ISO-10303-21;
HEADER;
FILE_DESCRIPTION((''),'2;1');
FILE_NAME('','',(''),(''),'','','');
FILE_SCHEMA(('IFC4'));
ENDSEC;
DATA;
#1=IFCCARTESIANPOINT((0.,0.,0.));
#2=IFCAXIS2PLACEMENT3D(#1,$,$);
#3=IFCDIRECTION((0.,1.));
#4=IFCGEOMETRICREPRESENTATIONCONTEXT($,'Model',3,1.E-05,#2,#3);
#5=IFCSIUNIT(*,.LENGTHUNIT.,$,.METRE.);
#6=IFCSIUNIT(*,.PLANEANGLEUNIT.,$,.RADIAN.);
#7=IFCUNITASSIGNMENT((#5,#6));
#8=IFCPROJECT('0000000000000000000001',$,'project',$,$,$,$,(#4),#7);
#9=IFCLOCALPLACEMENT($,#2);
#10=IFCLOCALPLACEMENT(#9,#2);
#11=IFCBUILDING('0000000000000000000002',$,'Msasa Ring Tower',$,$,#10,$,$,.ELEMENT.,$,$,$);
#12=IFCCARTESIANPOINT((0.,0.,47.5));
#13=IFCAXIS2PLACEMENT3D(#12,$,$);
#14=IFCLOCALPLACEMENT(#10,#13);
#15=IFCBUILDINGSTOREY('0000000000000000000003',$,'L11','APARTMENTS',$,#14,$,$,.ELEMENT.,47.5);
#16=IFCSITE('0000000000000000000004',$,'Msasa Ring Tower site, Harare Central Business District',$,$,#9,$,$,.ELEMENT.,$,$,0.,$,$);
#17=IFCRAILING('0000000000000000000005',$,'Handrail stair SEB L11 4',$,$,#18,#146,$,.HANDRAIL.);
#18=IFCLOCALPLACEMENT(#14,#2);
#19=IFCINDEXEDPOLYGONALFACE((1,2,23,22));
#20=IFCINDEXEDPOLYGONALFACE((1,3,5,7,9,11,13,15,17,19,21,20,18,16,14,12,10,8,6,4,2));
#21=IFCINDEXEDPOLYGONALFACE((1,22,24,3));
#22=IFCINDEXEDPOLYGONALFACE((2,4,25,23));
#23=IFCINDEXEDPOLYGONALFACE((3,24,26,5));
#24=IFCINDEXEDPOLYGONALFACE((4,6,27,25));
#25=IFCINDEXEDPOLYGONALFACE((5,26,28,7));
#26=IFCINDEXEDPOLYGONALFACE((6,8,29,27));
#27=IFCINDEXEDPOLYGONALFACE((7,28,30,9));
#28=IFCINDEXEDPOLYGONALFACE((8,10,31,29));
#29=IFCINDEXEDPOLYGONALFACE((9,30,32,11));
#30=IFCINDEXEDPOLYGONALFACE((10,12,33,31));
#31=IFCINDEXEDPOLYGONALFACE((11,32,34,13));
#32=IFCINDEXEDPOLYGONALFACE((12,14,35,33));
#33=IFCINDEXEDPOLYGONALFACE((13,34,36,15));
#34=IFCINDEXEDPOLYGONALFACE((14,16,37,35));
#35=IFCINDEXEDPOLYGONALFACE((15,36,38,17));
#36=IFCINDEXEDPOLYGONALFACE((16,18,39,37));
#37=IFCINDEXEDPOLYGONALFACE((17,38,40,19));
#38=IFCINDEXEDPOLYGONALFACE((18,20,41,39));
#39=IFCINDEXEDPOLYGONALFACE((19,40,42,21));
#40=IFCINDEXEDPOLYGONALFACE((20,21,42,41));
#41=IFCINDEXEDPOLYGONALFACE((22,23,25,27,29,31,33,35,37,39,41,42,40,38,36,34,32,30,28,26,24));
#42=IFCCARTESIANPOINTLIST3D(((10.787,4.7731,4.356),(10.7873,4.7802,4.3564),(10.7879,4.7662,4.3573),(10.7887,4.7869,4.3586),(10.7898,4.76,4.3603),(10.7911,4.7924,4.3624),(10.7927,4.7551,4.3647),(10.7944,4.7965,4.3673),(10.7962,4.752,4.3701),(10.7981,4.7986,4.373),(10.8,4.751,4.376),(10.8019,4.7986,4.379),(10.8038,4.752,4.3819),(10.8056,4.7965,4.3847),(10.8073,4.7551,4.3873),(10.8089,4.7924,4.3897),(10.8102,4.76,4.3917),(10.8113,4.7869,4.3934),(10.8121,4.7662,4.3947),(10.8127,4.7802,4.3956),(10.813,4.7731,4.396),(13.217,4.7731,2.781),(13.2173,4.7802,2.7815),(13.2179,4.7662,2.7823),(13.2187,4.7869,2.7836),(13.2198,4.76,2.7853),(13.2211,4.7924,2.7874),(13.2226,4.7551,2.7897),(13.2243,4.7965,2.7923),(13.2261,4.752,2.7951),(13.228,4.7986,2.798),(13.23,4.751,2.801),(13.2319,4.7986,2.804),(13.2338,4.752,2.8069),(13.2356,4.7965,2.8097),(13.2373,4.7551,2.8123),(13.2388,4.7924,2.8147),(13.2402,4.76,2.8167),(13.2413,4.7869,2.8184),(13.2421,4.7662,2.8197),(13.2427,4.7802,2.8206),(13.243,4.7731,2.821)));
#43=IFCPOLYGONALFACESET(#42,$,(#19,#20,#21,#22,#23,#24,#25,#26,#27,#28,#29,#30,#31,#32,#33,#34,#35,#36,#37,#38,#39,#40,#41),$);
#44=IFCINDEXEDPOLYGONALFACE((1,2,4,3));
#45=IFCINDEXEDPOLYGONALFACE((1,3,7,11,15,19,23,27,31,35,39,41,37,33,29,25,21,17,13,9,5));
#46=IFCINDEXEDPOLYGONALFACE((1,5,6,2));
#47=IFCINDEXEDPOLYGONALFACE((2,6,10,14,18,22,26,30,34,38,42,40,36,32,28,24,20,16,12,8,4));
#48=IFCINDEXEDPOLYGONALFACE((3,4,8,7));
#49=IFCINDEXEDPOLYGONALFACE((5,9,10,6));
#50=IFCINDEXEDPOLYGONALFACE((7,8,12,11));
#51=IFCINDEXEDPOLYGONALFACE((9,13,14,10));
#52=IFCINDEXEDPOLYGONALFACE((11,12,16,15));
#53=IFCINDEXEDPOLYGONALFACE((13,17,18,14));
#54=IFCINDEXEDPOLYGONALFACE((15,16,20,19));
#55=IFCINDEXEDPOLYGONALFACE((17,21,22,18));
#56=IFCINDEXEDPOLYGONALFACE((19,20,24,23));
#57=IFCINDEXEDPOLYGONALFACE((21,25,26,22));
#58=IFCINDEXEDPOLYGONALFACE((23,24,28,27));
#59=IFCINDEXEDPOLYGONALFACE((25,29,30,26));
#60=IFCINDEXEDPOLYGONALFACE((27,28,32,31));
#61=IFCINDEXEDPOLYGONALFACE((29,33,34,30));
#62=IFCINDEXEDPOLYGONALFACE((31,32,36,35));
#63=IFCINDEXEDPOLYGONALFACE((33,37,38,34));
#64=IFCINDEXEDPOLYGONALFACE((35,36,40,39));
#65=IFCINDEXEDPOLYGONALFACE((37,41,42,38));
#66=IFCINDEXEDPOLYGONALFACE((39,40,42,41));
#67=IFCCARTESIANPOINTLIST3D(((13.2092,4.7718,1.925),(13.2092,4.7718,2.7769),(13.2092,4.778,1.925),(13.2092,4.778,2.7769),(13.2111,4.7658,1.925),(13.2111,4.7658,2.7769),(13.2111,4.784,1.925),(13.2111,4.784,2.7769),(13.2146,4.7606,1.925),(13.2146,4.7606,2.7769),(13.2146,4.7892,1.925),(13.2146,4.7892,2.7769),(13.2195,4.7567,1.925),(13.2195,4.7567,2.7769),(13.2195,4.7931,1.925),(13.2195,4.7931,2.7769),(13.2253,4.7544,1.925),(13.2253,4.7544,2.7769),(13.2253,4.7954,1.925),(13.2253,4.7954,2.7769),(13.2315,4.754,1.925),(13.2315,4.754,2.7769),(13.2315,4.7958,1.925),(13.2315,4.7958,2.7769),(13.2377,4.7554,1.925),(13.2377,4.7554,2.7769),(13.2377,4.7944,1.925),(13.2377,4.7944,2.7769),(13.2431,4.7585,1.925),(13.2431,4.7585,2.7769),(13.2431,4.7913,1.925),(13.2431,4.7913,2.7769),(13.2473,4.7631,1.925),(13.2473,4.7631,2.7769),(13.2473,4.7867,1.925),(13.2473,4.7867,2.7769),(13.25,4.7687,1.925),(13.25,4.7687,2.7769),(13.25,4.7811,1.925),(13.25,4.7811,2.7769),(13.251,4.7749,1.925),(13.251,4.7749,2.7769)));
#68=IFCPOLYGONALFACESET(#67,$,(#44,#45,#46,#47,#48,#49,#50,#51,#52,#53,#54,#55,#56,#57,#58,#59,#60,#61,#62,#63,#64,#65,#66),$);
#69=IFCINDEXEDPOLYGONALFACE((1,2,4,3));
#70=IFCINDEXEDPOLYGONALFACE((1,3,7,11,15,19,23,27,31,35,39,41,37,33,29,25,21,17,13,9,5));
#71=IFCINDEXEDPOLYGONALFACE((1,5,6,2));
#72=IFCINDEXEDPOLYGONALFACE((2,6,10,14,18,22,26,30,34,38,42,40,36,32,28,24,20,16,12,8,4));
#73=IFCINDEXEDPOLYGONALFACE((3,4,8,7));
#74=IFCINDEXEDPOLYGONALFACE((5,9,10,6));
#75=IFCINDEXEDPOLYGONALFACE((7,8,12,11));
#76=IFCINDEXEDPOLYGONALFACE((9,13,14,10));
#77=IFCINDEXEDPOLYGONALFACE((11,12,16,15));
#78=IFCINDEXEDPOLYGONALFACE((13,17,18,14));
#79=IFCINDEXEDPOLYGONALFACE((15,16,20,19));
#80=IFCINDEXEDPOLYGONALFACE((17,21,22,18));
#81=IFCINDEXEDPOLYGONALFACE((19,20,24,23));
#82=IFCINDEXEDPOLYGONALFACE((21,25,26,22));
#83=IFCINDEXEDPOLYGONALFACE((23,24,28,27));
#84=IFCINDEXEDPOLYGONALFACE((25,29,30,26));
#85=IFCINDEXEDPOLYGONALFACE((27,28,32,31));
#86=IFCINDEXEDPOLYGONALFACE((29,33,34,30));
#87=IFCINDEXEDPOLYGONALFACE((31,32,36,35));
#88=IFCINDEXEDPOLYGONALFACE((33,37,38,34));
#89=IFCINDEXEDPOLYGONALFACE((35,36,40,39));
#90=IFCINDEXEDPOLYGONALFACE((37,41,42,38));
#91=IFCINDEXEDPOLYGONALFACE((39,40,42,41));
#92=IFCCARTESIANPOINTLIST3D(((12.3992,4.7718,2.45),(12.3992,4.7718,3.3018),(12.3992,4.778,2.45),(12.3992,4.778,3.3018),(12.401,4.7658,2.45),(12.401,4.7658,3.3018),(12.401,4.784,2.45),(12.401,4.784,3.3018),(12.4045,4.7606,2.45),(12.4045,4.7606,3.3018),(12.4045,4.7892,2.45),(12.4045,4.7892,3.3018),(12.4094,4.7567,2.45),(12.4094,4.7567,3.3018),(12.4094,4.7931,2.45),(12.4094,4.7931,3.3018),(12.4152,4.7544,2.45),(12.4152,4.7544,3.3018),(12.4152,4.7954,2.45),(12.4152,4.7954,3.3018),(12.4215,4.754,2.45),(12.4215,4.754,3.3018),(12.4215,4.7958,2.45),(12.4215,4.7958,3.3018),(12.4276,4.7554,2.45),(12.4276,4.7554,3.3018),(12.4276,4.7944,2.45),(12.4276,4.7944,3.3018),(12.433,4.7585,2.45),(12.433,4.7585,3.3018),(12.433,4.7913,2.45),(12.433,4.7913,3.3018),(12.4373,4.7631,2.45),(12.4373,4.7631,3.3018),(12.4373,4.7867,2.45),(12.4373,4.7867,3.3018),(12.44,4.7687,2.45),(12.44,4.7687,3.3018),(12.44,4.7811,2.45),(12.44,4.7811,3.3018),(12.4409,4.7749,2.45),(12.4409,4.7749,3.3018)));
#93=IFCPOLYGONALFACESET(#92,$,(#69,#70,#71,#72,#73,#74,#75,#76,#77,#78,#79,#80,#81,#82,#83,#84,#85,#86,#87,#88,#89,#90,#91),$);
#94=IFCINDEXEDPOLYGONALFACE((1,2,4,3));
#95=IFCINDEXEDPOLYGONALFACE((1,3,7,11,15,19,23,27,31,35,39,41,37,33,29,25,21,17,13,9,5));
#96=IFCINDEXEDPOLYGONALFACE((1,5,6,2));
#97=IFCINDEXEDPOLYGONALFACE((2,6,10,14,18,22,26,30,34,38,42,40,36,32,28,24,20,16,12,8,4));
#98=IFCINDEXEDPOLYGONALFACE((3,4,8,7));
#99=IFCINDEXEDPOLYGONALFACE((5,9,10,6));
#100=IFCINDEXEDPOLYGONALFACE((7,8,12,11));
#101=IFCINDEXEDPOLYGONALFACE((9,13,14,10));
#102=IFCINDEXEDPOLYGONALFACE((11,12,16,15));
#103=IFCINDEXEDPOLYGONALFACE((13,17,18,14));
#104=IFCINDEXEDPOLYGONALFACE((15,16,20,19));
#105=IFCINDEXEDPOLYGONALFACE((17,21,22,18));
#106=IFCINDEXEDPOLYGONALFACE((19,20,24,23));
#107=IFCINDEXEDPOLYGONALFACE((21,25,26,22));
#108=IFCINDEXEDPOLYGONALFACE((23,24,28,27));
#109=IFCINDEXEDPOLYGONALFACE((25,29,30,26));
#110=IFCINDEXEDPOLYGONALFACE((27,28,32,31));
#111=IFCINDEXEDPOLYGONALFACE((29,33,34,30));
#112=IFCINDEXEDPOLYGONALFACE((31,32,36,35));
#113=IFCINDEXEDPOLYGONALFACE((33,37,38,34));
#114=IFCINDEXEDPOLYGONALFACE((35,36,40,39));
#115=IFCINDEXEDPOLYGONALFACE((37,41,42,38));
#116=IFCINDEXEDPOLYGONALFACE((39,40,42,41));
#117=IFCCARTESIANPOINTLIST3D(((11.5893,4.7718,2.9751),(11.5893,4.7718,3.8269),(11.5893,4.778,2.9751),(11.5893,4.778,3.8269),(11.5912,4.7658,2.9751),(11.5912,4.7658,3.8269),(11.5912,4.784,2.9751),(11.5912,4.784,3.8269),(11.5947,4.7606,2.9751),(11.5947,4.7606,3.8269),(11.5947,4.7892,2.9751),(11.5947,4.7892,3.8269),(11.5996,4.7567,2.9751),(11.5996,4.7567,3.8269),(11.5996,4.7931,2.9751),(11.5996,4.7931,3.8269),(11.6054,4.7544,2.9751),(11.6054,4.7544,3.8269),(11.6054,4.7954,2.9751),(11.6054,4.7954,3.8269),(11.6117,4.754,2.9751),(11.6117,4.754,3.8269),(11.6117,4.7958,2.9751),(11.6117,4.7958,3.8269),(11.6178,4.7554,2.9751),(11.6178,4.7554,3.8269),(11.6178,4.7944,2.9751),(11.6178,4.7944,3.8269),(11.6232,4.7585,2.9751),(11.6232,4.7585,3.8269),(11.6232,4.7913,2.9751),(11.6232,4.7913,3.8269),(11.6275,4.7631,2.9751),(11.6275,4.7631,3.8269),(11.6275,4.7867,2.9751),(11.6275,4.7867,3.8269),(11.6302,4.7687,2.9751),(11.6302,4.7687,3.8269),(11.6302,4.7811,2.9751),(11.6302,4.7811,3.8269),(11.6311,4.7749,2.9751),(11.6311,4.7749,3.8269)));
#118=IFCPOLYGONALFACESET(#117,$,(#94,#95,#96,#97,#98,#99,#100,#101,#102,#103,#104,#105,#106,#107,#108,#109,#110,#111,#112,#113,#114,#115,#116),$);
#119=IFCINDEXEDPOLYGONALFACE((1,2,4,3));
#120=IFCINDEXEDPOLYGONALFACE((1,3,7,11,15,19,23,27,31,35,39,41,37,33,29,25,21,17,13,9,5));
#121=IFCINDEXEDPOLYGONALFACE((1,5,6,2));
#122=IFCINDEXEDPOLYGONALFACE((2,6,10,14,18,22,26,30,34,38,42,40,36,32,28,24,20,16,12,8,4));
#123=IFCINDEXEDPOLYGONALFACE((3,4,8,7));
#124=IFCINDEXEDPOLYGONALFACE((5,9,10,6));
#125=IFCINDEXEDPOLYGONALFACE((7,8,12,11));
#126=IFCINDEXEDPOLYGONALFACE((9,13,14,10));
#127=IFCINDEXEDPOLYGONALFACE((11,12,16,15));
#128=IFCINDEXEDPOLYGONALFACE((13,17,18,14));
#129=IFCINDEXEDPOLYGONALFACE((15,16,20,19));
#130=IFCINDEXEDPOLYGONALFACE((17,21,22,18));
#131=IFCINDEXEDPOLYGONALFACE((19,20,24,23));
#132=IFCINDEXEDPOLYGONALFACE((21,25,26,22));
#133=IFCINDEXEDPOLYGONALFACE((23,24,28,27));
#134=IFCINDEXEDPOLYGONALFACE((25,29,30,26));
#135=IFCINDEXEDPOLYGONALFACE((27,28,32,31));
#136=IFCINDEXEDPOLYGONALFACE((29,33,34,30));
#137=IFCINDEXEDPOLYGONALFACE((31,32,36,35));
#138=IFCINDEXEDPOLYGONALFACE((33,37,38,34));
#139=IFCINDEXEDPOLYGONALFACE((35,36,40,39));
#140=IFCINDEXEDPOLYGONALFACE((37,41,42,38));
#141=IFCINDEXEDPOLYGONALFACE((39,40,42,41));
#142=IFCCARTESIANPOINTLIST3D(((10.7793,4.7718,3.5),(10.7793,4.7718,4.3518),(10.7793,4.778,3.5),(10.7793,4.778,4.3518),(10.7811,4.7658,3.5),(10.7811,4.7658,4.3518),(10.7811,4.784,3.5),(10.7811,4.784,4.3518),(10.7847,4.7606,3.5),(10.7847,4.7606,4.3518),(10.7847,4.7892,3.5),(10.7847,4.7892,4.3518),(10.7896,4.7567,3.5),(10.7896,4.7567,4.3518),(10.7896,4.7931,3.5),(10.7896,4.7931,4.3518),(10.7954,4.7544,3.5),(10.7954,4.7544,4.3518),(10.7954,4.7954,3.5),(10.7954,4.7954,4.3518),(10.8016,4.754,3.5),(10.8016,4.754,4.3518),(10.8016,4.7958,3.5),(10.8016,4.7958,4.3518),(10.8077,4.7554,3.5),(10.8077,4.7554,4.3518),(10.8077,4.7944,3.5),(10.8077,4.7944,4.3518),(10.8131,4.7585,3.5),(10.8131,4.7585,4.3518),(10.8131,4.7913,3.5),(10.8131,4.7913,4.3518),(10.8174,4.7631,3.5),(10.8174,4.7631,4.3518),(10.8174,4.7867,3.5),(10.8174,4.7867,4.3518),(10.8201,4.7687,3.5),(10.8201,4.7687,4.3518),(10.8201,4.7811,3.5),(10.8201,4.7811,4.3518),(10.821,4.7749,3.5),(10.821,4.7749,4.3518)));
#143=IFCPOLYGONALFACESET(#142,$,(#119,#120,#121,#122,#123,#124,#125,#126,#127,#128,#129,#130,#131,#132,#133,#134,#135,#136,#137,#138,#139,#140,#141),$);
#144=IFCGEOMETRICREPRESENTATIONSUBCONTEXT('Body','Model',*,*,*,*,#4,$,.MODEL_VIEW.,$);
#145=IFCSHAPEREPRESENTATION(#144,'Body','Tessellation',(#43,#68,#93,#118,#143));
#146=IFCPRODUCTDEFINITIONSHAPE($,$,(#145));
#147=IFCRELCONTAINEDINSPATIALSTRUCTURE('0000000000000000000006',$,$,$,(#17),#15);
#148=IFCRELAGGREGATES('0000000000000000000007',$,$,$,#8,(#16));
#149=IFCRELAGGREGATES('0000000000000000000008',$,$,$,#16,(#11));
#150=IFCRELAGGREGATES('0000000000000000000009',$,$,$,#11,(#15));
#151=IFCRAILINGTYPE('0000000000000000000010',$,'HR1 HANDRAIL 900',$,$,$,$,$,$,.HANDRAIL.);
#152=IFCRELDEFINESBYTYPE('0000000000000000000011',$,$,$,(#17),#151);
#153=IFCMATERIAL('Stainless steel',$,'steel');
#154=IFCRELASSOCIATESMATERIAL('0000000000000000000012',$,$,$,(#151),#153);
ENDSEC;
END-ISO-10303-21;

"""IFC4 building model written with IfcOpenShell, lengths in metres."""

from ifc_helpers import new_model, si_unit, direction, frame, origin, origin_2d, place, context, subcontext, project, spatial, circle, extrude, material, type_object, element, save


model = new_model("IFC4")

# Units and contexts
model_context = context("Model", 3, precision=1e-05, world=origin(), true_north=direction((0.0, 1.0)))
body_context = subcontext(model_context, "Body", "Model", "MODEL_VIEW")
ifc_project = project(units=[si_unit("LENGTHUNIT", "METRE"), si_unit("PLANEANGLEUNIT", "RADIAN")], contexts=[model_context])

# Site, building, storey
site_placement = place(None, origin())
site = spatial("IfcSite", under=ifc_project, at=site_placement, Name="Msasa Ring Tower site, Harare Central Business District", CompositionType="ELEMENT", RefElevation=0.0)
building_placement = place(site_placement, origin())
building = spatial("IfcBuilding", under=site, at=building_placement, Name="Msasa Ring Tower", CompositionType="ELEMENT")
storey_placement = place(building_placement, frame((0.0, 0.0, 47.5)))
storey = spatial("IfcBuildingStorey", under=building, at=storey_placement, Name="L11", Description="APARTMENTS", CompositionType="ELEMENT", Elevation=47.5)

# Railing
ifc_material_1 = material(Name="Stainless steel", Category="steel")
railing_type = type_object("IfcRailingType", Name="HR1 HANDRAIL 900", PredefinedType="HANDRAIL", material=ifc_material_1)
for number, where, name in (
    (1, (13.23, 4.7749, 1.925), "Handrail stair SEB L11 4"),
):
    element("IfcRailing", number, at=place(storey_placement, frame(where)), inside=storey, type_object=railing_type, Name=name, PredefinedType="HANDRAIL", context=body_context, shape_type="SweptSolid", body=[
        extrude(circle(Radius=0.0239, at=origin_2d()), frame((0.0, 0.0, 0.876), z_axis=(-0.839154, 0.0, 0.543894), x_axis=(0.0, -1.0, 0.0)), (0.0, 0.0, 1.0), 2.8958),
        extrude(circle(Radius=0.021, at=origin_2d()), origin(), (0.0, 0.0, 1.0), 0.8518),
        extrude(circle(Radius=0.021, at=origin_2d()), frame((-0.8101, 0.0, 0.5249)), (0.0, 0.0, 1.0), 0.8518),
        extrude(circle(Radius=0.021, at=origin_2d()), frame((-1.6199, 0.0, 1.05)), (0.0, 0.0, 1.0), 0.8518),
        extrude(circle(Radius=0.021, at=origin_2d()), frame((-2.4299, 0.0, 1.575)), (0.0, 0.0, 1.0), 0.8518),
    ])

save(model, "model.ifc")
